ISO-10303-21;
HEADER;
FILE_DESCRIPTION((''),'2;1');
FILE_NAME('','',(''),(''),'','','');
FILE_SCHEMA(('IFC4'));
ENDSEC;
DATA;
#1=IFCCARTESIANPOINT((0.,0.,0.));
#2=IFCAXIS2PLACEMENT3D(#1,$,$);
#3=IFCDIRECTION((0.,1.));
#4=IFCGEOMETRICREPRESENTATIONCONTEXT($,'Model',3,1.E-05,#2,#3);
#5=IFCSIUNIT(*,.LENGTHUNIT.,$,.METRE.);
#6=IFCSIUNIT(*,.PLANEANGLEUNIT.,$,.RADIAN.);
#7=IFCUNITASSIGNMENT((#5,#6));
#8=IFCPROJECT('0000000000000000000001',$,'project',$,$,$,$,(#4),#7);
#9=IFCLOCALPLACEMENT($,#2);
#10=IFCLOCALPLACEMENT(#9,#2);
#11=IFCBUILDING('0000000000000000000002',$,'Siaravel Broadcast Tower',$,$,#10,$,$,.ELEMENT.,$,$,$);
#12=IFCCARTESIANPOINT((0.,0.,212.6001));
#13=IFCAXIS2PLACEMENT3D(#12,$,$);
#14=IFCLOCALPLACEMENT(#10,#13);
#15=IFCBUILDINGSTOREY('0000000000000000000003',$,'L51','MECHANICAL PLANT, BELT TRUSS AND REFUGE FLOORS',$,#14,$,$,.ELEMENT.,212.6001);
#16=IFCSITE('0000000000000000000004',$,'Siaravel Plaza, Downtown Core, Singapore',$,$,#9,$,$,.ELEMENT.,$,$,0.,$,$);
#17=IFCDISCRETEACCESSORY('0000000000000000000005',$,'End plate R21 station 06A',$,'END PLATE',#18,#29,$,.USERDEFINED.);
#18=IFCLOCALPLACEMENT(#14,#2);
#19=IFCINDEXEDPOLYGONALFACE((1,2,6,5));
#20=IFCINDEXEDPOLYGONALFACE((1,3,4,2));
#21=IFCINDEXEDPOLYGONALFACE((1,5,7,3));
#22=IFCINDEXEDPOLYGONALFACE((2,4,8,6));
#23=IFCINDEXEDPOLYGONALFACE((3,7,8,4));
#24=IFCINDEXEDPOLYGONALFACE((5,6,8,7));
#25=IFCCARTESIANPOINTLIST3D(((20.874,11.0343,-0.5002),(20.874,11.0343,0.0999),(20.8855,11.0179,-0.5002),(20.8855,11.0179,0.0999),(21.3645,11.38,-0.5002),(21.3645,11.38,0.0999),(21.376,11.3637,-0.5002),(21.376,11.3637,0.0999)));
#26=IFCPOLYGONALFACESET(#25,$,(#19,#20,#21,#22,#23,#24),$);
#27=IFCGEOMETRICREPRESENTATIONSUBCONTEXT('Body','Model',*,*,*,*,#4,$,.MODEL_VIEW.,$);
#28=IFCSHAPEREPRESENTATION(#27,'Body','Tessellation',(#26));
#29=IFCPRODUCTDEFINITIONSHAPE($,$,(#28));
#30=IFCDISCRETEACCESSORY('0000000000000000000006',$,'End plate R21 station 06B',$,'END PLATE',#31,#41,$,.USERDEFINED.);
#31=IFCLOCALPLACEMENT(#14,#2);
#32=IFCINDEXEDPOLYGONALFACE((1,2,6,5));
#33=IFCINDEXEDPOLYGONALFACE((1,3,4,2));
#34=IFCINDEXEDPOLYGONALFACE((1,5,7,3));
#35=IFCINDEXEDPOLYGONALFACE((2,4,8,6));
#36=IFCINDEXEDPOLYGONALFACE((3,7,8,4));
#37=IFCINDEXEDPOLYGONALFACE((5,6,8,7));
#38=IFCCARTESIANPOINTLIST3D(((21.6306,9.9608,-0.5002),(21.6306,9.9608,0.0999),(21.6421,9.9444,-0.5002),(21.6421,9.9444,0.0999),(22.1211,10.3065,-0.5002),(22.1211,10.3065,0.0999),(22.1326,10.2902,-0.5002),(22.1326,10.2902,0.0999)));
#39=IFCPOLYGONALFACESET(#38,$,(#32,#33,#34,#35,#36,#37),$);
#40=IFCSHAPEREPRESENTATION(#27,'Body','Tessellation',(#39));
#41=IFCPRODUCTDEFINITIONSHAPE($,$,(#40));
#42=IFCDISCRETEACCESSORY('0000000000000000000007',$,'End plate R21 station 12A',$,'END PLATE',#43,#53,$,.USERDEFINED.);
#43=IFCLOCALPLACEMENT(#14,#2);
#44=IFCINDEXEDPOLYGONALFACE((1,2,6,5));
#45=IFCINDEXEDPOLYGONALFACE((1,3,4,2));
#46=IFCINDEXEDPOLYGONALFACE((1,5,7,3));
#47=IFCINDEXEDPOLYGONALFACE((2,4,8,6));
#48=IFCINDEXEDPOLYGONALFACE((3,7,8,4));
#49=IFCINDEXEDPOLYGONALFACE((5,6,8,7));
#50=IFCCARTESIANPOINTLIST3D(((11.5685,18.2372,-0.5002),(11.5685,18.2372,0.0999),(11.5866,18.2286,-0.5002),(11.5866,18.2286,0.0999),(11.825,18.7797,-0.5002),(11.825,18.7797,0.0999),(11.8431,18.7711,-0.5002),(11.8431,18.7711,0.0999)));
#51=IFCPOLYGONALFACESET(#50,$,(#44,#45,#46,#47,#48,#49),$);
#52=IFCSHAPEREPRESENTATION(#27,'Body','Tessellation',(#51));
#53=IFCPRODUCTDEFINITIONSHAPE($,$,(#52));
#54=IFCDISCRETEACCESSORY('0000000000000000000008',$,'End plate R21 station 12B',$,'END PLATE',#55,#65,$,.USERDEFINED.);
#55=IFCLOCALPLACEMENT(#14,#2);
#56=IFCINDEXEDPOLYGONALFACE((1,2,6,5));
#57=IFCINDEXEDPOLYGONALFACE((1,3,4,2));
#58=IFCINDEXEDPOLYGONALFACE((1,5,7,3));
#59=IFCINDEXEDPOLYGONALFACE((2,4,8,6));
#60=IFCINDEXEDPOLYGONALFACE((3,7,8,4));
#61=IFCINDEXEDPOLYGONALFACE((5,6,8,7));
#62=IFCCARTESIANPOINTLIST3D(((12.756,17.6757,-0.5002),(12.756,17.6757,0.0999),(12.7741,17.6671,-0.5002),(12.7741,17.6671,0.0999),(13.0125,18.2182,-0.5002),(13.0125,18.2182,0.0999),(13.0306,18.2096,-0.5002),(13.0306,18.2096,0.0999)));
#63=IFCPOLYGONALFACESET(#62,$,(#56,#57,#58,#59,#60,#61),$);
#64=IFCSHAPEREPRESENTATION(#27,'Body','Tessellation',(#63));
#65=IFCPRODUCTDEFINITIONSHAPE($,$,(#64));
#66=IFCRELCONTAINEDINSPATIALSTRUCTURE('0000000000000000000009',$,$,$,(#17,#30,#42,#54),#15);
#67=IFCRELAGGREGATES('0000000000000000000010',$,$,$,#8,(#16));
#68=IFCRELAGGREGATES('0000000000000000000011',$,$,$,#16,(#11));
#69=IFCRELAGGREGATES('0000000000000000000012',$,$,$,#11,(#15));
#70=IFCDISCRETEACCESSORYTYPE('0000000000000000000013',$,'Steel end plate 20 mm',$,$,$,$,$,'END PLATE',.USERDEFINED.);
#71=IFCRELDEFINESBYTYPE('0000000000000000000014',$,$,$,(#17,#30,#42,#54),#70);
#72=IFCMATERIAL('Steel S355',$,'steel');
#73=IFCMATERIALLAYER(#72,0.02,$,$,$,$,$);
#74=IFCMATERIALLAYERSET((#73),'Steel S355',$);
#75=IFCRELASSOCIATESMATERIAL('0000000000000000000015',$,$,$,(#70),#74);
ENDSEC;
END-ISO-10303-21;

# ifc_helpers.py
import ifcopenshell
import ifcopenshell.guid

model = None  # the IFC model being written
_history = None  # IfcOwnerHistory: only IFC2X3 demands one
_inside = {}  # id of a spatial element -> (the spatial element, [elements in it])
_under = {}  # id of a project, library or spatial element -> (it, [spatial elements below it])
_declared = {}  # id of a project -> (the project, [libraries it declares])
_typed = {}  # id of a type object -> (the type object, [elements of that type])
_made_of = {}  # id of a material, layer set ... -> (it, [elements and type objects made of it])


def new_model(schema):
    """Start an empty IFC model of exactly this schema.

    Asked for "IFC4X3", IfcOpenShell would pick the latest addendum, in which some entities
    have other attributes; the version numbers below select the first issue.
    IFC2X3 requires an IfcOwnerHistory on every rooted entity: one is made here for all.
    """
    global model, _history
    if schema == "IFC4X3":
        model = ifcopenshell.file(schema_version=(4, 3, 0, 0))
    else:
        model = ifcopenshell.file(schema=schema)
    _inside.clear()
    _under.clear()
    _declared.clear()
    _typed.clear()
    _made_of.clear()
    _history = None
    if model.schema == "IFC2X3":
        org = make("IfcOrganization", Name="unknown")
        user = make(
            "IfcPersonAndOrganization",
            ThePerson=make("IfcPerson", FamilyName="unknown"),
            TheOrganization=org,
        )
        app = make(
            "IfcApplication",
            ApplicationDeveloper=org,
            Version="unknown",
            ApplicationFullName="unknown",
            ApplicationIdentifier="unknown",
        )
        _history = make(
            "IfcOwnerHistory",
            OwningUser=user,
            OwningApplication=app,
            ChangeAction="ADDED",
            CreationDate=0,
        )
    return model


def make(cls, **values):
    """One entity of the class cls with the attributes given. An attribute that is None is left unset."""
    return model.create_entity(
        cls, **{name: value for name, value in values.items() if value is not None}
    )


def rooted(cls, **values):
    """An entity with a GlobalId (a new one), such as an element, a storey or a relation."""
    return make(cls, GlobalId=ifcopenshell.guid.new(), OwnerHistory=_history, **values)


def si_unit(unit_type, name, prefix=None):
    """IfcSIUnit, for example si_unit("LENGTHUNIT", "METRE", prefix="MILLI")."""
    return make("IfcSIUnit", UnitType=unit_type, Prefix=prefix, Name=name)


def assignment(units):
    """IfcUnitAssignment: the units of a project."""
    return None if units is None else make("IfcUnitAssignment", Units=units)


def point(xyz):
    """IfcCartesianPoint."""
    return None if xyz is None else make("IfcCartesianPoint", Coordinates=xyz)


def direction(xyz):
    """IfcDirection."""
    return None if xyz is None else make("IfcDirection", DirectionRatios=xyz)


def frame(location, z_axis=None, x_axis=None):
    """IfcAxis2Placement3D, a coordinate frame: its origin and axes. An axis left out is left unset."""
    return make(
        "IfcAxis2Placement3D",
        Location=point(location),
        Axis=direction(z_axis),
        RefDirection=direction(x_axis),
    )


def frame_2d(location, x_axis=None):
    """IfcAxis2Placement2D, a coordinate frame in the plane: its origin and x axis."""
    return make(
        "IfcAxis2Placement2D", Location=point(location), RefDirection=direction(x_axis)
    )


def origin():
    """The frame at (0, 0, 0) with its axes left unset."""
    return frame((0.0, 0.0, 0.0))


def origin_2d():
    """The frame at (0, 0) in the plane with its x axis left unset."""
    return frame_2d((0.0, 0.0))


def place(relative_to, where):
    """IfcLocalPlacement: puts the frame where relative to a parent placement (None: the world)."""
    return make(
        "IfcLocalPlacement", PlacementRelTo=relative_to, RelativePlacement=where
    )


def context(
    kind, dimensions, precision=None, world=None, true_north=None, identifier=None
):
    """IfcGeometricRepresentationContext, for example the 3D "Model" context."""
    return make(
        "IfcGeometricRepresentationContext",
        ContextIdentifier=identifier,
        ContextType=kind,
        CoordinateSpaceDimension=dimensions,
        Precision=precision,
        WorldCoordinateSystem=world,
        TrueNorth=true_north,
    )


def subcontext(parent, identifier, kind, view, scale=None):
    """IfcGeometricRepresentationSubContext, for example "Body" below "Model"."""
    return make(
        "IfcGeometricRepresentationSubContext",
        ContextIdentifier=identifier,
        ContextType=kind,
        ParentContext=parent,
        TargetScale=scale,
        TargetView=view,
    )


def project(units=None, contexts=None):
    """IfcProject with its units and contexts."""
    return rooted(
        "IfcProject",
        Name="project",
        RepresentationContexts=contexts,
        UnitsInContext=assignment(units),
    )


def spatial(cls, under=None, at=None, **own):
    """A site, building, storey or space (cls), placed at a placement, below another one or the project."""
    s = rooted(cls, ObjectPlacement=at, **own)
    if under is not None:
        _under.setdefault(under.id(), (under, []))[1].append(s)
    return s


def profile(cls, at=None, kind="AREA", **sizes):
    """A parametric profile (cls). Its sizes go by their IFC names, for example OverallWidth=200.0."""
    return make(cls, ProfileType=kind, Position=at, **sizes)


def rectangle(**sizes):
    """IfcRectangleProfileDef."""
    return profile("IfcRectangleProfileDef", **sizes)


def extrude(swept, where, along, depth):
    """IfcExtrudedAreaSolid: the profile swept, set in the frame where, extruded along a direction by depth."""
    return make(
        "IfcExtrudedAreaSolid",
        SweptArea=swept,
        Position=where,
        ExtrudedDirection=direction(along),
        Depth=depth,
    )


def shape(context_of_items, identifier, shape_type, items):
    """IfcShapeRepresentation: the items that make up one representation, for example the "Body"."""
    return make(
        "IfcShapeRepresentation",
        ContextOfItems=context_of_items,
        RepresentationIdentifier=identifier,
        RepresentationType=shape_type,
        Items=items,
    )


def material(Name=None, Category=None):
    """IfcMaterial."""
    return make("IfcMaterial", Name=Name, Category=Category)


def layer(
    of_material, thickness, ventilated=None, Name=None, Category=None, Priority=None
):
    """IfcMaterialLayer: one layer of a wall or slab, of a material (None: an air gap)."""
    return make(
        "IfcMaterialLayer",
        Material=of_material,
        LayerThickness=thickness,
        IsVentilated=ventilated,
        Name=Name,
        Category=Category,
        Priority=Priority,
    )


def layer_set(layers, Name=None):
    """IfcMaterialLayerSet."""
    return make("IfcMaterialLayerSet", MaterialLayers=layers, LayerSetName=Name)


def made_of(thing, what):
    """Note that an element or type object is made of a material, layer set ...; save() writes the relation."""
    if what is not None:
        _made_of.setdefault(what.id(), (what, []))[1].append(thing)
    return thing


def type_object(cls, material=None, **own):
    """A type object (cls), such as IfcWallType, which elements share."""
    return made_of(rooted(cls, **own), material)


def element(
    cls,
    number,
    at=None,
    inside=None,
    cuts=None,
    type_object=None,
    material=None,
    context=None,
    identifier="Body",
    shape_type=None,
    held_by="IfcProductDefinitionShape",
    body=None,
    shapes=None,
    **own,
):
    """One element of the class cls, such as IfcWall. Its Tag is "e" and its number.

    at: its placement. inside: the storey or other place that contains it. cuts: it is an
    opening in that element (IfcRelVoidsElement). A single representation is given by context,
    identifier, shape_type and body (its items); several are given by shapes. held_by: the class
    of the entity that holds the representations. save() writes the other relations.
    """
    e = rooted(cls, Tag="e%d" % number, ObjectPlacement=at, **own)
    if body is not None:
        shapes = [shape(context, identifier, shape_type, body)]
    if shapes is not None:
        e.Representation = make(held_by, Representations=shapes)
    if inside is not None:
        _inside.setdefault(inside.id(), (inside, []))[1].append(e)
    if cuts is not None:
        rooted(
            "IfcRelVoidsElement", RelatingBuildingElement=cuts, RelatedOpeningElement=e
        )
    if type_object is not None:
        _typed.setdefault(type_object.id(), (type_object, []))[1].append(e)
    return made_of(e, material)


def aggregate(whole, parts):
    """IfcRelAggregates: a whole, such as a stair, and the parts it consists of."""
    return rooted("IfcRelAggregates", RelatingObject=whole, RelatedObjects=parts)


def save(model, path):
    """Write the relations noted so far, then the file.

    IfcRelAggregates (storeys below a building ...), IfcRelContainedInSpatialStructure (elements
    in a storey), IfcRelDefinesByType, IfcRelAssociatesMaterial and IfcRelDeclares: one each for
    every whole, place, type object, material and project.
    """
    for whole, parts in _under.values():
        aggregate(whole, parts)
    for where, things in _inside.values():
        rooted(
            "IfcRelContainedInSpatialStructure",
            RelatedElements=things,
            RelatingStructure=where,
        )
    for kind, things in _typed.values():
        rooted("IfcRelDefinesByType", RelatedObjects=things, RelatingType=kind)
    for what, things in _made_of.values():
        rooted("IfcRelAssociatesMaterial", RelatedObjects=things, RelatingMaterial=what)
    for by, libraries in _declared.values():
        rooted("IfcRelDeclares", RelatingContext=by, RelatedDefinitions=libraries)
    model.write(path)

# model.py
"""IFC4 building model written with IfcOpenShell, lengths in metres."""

from ifc_helpers import new_model, si_unit, direction, frame, origin, origin_2d, place, context, subcontext, project, spatial, rectangle, extrude, material, layer, layer_set, type_object, element, save


model = new_model("IFC4")

# Units and contexts
model_context = context("Model", 3, precision=1e-05, world=origin(), true_north=direction((0.0, 1.0)))
body_context = subcontext(model_context, "Body", "Model", "MODEL_VIEW")
ifc_project = project(units=[si_unit("LENGTHUNIT", "METRE"), si_unit("PLANEANGLEUNIT", "RADIAN")], contexts=[model_context])

# Site, building, storey
site_placement = place(None, origin())
site = spatial("IfcSite", under=ifc_project, at=site_placement, Name="Siaravel Plaza, Downtown Core, Singapore", CompositionType="ELEMENT", RefElevation=0.0)
building_placement = place(site_placement, origin())
building = spatial("IfcBuilding", under=site, at=building_placement, Name="Siaravel Broadcast Tower", CompositionType="ELEMENT")
storey_placement = place(building_placement, frame((0.0, 0.0, 212.6001)))
storey = spatial("IfcBuildingStorey", under=building, at=storey_placement, Name="L51", Description="MECHANICAL PLANT, BELT TRUSS AND REFUGE FLOORS", CompositionType="ELEMENT", Elevation=212.6001)

# Shared definitions
ifc_material_1 = material(Name="Steel S355", Category="steel")

# Discrete accessories
ifc_layer_1 = layer(ifc_material_1, 0.02)
ifc_layer_set_1 = layer_set([ifc_layer_1], Name="Steel S355")
discrete_accessory_type = type_object("IfcDiscreteAccessoryType", Name="Steel end plate 20 mm", ElementType="END PLATE", PredefinedType="USERDEFINED", material=ifc_layer_set_1)
for number, where, z_axis, x_axis, name in (
    (1, (21.125, 11.199, -0.5002), (0.0, 0.0, 1.0), (-0.576119, 0.817366, 0.0), "End plate R21 station 06A"),
    (2, (21.8816, 10.1255, -0.5002), (0.0, 0.0, 1.0), (-0.576119, 0.817366, 0.0), "End plate R21 station 06B"),
    (3, (11.7058, 18.5042, -0.5002), (0.0, 0.0, 1.0), (-0.904006, 0.427519, 0.0), "End plate R21 station 12A"),
    (4, (12.8933, 17.9426, -0.5002), (0.0, 0.0, 1.0), (-0.904006, 0.427519, 0.0), "End plate R21 station 12B"),
):
    element("IfcDiscreteAccessory", number, at=place(storey_placement, frame(where, z_axis=z_axis, x_axis=x_axis)), inside=storey, type_object=discrete_accessory_type, Name=name, ObjectType="END PLATE", PredefinedType="USERDEFINED", context=body_context, shape_type="SweptSolid", body=[
        extrude(rectangle(XDim=0.02, YDim=0.6001, at=origin_2d()), origin(), (0.0, 0.0, 1.0), 0.6001),
    ])

save(model, "model.ifc")
